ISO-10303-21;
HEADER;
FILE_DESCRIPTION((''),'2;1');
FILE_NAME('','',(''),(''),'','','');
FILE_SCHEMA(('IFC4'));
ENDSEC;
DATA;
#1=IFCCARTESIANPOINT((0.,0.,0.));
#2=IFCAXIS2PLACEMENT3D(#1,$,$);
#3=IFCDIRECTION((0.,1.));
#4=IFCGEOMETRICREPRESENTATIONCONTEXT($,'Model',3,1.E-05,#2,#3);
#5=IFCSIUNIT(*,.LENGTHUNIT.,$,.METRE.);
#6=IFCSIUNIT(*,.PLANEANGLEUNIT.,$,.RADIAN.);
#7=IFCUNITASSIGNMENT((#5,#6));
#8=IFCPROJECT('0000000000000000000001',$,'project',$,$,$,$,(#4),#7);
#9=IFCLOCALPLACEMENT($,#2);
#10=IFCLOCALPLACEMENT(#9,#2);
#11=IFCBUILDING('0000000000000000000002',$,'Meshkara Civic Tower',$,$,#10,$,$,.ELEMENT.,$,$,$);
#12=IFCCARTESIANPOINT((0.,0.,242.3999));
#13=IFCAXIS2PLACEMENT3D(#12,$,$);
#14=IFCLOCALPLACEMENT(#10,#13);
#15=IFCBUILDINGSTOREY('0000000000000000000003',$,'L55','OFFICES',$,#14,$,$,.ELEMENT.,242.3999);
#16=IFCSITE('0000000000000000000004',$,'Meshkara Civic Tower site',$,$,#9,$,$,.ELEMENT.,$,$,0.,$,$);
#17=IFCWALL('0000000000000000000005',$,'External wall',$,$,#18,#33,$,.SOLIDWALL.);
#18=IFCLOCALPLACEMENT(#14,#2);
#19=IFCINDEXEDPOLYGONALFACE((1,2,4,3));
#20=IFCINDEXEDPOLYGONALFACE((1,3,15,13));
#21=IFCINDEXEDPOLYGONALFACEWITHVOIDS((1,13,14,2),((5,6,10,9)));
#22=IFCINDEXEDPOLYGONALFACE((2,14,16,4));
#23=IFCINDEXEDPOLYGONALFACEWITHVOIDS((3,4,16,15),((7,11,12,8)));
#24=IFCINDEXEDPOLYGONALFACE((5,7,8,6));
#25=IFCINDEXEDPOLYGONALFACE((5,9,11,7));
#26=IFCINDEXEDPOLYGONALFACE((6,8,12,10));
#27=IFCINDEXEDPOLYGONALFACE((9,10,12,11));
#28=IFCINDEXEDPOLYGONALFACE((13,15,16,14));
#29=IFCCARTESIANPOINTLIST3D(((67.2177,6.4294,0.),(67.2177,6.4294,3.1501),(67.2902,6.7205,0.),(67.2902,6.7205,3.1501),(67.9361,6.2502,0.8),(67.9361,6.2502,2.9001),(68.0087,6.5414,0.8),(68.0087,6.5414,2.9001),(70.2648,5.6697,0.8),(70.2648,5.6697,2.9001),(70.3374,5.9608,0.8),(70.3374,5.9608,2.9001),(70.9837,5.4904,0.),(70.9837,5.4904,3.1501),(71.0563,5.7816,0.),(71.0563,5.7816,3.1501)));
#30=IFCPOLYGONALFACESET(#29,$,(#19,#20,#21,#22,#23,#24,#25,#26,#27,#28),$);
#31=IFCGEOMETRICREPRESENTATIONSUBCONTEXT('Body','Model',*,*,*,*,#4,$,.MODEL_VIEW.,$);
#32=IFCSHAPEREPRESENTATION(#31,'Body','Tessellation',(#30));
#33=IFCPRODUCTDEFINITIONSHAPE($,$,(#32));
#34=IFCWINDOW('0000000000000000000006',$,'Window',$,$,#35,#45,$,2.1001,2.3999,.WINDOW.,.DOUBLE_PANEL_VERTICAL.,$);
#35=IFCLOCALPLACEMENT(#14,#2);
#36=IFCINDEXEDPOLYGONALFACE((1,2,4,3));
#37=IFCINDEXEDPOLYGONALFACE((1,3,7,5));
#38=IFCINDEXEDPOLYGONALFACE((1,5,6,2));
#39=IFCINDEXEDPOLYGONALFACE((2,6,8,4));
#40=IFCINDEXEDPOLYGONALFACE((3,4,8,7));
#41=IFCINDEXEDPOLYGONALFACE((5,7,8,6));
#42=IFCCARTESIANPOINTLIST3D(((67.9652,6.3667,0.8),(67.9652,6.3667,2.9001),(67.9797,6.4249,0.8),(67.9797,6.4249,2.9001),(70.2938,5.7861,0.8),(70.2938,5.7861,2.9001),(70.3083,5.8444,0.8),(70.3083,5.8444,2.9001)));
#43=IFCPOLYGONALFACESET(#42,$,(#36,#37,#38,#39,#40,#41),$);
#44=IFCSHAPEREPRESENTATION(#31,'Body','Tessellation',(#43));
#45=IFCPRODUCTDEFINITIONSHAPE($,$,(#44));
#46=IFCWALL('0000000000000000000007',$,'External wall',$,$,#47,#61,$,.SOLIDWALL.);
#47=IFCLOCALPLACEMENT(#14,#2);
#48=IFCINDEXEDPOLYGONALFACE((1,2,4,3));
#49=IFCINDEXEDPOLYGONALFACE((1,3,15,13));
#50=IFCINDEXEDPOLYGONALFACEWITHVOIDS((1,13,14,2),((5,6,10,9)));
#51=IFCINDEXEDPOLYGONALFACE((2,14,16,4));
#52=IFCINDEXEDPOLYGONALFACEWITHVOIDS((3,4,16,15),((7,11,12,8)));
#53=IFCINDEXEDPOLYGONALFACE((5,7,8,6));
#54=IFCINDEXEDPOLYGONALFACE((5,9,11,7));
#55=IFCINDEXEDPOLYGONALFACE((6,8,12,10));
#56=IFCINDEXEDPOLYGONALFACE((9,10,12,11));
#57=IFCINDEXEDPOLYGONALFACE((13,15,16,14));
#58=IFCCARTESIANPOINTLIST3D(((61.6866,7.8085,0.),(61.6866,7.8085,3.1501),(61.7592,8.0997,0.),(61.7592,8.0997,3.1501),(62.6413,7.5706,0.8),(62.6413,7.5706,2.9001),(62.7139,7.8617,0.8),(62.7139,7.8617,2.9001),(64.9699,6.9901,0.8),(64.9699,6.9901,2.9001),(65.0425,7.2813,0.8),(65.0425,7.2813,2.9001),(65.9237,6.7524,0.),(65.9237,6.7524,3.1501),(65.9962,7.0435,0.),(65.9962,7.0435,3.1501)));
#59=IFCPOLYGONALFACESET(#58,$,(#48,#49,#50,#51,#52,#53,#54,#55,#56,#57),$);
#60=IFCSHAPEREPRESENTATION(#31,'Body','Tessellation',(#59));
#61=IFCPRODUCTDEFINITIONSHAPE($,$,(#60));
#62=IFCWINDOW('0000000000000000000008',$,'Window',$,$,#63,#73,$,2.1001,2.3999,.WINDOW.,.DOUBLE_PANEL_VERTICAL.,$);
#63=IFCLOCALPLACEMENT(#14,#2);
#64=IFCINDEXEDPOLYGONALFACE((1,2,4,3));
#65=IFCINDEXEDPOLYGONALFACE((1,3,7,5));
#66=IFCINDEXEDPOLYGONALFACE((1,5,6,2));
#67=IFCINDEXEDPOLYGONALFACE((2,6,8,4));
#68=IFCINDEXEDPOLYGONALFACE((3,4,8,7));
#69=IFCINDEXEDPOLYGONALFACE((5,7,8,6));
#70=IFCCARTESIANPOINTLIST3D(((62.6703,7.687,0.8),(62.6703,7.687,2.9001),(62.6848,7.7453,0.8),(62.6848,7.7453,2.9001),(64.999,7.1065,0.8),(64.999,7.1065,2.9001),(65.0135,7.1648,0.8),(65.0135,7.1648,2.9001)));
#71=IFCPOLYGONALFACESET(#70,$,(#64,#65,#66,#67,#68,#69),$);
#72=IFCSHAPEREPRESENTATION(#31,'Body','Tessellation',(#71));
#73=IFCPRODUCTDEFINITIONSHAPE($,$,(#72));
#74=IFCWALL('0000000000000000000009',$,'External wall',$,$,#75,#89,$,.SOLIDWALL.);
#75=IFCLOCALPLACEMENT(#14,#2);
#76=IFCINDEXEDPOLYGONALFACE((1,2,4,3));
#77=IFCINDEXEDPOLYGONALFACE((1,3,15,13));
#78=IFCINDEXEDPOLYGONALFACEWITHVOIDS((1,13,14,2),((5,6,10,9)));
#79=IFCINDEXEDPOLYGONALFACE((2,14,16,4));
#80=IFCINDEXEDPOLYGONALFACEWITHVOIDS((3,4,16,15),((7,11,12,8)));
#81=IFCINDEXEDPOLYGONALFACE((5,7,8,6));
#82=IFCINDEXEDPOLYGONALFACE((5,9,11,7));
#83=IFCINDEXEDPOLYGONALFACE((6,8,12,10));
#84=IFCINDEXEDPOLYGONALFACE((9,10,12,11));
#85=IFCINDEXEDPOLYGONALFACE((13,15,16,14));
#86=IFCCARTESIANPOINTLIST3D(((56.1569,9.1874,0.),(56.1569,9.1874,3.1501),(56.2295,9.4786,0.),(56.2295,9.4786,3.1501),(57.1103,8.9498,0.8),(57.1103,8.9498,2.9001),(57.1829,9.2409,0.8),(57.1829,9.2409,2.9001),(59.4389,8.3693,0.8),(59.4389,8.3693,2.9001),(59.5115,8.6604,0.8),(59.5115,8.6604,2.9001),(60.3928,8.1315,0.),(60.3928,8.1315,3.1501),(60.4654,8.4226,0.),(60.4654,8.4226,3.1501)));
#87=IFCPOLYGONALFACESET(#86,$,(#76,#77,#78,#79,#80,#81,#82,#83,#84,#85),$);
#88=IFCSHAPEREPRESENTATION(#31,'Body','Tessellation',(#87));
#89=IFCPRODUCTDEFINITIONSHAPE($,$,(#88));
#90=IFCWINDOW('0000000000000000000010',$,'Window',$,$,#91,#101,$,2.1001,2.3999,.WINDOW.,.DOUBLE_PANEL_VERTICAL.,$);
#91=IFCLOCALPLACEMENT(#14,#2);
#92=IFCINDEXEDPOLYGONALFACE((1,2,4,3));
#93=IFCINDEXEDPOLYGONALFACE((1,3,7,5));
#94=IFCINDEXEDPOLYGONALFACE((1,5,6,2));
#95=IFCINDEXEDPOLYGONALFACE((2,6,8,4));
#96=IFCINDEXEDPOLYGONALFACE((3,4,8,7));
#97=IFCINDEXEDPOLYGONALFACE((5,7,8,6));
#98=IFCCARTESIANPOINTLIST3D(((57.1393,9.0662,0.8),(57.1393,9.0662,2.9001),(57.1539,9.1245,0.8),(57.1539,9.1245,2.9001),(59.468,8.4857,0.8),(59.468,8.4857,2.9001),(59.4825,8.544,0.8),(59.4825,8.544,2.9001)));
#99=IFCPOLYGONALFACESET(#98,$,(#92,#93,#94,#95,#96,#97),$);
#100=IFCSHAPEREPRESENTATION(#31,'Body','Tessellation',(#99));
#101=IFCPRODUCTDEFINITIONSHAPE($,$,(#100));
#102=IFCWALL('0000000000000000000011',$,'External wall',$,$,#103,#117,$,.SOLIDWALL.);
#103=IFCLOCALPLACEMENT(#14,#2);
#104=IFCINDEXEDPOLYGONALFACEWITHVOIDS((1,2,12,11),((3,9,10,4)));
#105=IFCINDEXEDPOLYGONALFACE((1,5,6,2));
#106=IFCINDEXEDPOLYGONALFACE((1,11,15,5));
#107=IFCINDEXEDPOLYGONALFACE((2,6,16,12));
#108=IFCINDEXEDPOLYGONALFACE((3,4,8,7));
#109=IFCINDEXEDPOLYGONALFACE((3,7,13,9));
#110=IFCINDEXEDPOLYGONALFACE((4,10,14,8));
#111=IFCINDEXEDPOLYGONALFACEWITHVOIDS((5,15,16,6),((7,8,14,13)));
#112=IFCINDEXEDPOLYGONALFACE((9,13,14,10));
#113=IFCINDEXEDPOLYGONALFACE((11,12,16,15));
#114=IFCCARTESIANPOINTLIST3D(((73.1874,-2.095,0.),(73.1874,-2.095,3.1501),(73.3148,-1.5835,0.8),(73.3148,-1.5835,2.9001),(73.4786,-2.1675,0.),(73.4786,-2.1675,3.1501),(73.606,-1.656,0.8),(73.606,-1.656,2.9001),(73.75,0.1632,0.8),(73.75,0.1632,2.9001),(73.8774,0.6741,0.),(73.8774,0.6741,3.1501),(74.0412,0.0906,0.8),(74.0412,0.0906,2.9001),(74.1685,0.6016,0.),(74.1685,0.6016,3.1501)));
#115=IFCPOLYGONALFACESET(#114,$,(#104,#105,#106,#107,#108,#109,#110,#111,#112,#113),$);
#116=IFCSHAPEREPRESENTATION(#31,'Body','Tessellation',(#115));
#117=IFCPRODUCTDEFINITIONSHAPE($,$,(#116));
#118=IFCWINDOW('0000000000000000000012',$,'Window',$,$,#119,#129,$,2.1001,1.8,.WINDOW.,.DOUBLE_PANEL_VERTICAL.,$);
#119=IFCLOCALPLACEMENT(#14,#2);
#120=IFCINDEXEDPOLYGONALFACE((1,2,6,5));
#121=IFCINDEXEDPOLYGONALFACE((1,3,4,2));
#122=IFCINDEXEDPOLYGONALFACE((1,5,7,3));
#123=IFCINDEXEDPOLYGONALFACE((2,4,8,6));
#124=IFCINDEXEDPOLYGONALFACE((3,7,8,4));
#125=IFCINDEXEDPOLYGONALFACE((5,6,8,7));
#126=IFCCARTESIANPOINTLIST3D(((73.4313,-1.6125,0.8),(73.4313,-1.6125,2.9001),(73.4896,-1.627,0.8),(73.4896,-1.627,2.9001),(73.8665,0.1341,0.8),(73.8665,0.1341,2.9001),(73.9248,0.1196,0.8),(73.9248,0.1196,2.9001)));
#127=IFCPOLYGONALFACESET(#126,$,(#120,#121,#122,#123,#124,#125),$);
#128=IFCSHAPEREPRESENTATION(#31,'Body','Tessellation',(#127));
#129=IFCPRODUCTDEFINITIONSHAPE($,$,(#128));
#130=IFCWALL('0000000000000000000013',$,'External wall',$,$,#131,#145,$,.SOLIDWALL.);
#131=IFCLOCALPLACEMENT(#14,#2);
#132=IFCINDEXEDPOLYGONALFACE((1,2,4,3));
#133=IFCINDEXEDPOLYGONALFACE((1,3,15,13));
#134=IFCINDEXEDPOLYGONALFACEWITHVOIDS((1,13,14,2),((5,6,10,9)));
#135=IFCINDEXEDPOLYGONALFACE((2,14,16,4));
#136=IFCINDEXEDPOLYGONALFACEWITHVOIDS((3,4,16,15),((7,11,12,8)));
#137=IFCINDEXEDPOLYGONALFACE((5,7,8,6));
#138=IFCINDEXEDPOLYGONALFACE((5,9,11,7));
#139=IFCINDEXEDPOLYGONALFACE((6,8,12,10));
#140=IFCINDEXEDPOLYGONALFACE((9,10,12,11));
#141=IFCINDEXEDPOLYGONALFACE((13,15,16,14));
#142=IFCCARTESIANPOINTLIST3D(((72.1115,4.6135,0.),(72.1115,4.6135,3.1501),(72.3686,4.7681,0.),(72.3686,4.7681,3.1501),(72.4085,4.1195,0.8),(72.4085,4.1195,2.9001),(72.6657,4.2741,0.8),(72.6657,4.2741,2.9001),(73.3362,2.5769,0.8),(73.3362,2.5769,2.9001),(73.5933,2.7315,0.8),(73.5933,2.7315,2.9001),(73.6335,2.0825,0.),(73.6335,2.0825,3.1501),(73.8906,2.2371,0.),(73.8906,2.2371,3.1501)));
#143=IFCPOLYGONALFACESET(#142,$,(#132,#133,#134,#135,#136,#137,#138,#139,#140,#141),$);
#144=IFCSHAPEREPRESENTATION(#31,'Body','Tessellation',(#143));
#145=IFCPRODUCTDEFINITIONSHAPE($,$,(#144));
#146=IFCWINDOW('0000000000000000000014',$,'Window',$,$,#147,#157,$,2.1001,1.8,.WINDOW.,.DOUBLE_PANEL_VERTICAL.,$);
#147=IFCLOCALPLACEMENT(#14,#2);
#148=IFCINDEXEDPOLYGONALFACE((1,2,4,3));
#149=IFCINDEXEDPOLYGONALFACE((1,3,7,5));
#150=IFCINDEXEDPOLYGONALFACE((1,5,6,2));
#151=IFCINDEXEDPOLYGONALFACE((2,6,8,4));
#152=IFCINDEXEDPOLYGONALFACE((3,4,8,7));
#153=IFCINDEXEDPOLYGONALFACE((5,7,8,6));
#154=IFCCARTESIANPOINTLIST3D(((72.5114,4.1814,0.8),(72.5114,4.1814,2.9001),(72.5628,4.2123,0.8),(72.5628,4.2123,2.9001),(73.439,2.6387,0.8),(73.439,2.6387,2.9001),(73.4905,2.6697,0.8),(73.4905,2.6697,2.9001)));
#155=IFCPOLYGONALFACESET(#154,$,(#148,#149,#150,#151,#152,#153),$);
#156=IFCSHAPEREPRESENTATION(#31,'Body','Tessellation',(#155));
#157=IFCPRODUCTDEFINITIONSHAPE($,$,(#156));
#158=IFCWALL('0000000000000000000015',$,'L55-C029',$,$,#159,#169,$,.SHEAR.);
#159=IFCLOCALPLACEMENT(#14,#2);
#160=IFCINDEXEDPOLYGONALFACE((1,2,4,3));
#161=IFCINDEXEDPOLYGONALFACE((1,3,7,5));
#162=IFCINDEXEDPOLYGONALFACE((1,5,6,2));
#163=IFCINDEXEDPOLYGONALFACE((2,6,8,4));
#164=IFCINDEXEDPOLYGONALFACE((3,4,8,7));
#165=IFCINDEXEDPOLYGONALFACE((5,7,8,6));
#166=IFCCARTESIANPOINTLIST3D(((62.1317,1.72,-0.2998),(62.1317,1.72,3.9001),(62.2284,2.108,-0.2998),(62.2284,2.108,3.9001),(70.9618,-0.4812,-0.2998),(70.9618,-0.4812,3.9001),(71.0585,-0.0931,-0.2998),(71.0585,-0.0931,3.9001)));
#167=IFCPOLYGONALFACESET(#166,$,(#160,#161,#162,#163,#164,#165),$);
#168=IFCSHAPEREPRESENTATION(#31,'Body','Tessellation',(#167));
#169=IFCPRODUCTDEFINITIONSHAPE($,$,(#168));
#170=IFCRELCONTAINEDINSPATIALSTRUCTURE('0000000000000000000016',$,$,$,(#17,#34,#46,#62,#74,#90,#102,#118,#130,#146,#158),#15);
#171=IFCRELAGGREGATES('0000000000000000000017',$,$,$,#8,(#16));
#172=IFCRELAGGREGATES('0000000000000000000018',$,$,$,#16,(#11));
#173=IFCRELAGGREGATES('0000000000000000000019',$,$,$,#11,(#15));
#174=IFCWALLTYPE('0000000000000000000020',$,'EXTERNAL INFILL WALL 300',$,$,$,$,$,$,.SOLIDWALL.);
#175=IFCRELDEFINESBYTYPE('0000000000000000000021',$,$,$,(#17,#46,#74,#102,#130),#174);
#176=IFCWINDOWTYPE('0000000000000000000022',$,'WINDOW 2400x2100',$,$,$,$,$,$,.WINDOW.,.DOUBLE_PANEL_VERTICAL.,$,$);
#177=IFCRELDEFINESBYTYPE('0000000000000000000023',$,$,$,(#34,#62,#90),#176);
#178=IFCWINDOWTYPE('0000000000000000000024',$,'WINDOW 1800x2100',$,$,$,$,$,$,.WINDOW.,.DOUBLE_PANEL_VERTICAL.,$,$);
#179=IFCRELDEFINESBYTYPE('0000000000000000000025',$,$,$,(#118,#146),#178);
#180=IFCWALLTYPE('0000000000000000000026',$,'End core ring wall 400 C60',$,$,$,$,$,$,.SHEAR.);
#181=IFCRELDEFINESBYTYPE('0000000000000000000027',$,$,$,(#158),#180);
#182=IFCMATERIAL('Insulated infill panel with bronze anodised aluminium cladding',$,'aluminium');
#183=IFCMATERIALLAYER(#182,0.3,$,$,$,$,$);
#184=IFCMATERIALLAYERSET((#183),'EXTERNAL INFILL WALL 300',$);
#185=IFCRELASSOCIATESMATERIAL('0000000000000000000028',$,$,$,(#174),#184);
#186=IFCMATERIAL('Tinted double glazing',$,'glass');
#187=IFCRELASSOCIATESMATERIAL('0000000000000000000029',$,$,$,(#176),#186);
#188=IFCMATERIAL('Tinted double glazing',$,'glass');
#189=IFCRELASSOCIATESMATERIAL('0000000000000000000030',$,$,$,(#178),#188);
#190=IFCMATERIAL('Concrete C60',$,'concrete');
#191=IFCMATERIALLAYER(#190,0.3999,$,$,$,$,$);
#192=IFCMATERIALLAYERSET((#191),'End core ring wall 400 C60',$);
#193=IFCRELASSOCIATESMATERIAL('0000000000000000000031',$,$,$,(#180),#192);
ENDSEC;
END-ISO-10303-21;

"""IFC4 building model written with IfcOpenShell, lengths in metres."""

from ifc_helpers import new_model, si_unit, direction, frame, frame_2d, origin, place, context, subcontext, project, spatial, rectangle, extrude, material, layer, layer_set, type_object, element, fill, save


model = new_model("IFC4")

# Units and contexts
model_context = context("Model", 3, precision=1e-05, world=origin(), true_north=direction((0.0, 1.0)))
body_context = subcontext(model_context, "Body", "Model", "MODEL_VIEW")
ifc_project = project(units=[si_unit("LENGTHUNIT", "METRE"), si_unit("PLANEANGLEUNIT", "RADIAN")], contexts=[model_context])

# Site, building, storey
site_placement = place(None, origin())
site = spatial("IfcSite", under=ifc_project, at=site_placement, Name="Meshkara Civic Tower site", CompositionType="ELEMENT", RefElevation=0.0)
building_placement = place(site_placement, origin())
building = spatial("IfcBuilding", under=site, at=building_placement, Name="Meshkara Civic Tower", CompositionType="ELEMENT")
storey_placement = place(building_placement, frame((0.0, 0.0, 242.3999)))
storey = spatial("IfcBuildingStorey", under=building, at=storey_placement, Name="L55", Description="OFFICES", CompositionType="ELEMENT", Elevation=242.3999)

# Walls, openings, windows
ifc_material_1 = material(Name="Insulated infill panel with bronze anodised aluminium cladding", Category="aluminium")
ifc_layer_1 = layer(ifc_material_1, 0.3)
ifc_layer_set_1 = layer_set([ifc_layer_1], Name="EXTERNAL INFILL WALL 300")
wall_type_1 = type_object("IfcWallType", Name="EXTERNAL INFILL WALL 300", PredefinedType="SOLIDWALL", material=ifc_layer_set_1)
wall_1_placement = place(storey_placement, frame((71.02, 5.636, 0.0), z_axis=(0.0, 0.0, 1.0), x_axis=(-0.970298, 0.241914, 0.0)))
wall_1 = element("IfcWall", 1, at=wall_1_placement, inside=storey, type_object=wall_type_1, Name="External wall", PredefinedType="SOLIDWALL", context=body_context, shape_type="SweptSolid", body=[
    extrude(rectangle(XDim=3.8813, YDim=0.3, at=frame_2d((1.9407, 0.0))), origin(), (0.0, 0.0, 1.0), 3.1501),
])
opening_1_placement = place(wall_1_placement, frame((0.741, 0.0, 0.8)))
opening_1 = element("IfcOpeningElement", 2, at=opening_1_placement, cuts=wall_1, PredefinedType="OPENING", context=body_context, shape_type="SweptSolid", body=[
    extrude(rectangle(XDim=2.3999, YDim=2.1001, at=frame_2d((1.2, 1.05))), frame((0.0, 0.1599, 0.0), z_axis=(0.0, -1.0, 0.0), x_axis=(1.0, 0.0, 0.0)), (0.0, 0.0, 1.0), 0.3201),
])
ifc_material_2 = material(Name="Tinted double glazing", Category="glass")
window_type_1 = type_object("IfcWindowType", Name="WINDOW 2400x2100", PartitioningType="DOUBLE_PANEL_VERTICAL", PredefinedType="WINDOW", material=ifc_material_2)
window_1_placement = place(opening_1_placement, origin())
window_1 = element("IfcWindow", 3, at=window_1_placement, inside=storey, type_object=window_type_1, Name="Window", OverallHeight=2.1001, OverallWidth=2.3999, PartitioningType="DOUBLE_PANEL_VERTICAL", PredefinedType="WINDOW", context=body_context, shape_type="SweptSolid", body=[
    extrude(rectangle(XDim=2.3999, YDim=2.1001, at=frame_2d((1.2, 1.05))), frame((0.0, 0.03, 0.0), z_axis=(0.0, -1.0, 0.0), x_axis=(1.0, 0.0, 0.0)), (0.0, 0.0, 1.0), 0.0601),
])
fill(opening_1, window_1)
wall_2_placement = place(storey_placement, frame((65.96, 6.8979, 0.0), z_axis=(0.0, 0.0, 1.0), x_axis=(-0.97031, 0.241865, 0.0)))
wall_2 = element("IfcWall", 4, at=wall_2_placement, inside=storey, type_object=wall_type_1, Name="External wall", PredefinedType="SOLIDWALL", context=body_context, shape_type="SweptSolid", body=[
    extrude(rectangle(XDim=4.3667, YDim=0.3, at=frame_2d((2.1833, 0.0))), origin(), (0.0, 0.0, 1.0), 3.1501),
])
opening_2_placement = place(wall_2_placement, frame((0.9829, 0.0, 0.8)))
opening_2 = element("IfcOpeningElement", 5, at=opening_2_placement, cuts=wall_2, PredefinedType="OPENING", context=body_context, shape_type="SweptSolid", body=[
    extrude(rectangle(XDim=2.3999, YDim=2.1001, at=frame_2d((1.2, 1.05))), frame((0.0, 0.1599, 0.0), z_axis=(0.0, -1.0, 0.0), x_axis=(1.0, 0.0, 0.0)), (0.0, 0.0, 1.0), 0.3201),
])
window_2_placement = place(opening_2_placement, origin())
window_2 = element("IfcWindow", 6, at=window_2_placement, inside=storey, type_object=window_type_1, Name="Window", OverallHeight=2.1001, OverallWidth=2.3999, PartitioningType="DOUBLE_PANEL_VERTICAL", PredefinedType="WINDOW", context=body_context, shape_type="SweptSolid", body=[
    extrude(rectangle(XDim=2.3999, YDim=2.1001, at=frame_2d((1.2, 1.05))), frame((0.0, 0.03, 0.0), z_axis=(0.0, -1.0, 0.0), x_axis=(1.0, 0.0, 0.0)), (0.0, 0.0, 1.0), 0.0601),
])
fill(opening_2, window_2)
wall_3_placement = place(storey_placement, frame((60.429, 8.2771, 0.0), z_axis=(0.0, 0.0, 1.0), x_axis=(-0.970307, 0.241878, 0.0)))
wall_3 = element("IfcWall", 7, at=wall_3_placement, inside=storey, type_object=wall_type_1, Name="External wall", PredefinedType="SOLIDWALL", context=body_context, shape_type="SweptSolid", body=[
    extrude(rectangle(XDim=4.3655, YDim=0.3, at=frame_2d((2.1826, 0.0))), origin(), (0.0, 0.0, 1.0), 3.1501),
])
opening_3_placement = place(wall_3_placement, frame((0.9829, 0.0, 0.8)))
opening_3 = element("IfcOpeningElement", 8, at=opening_3_placement, cuts=wall_3, PredefinedType="OPENING", context=body_context, shape_type="SweptSolid", body=[
    extrude(rectangle(XDim=2.3999, YDim=2.1001, at=frame_2d((1.2, 1.05))), frame((0.0, 0.1599, 0.0), z_axis=(0.0, -1.0, 0.0), x_axis=(1.0, 0.0, 0.0)), (0.0, 0.0, 1.0), 0.3201),
])
window_3_placement = place(opening_3_placement, origin())
window_3 = element("IfcWindow", 9, at=window_3_placement, inside=storey, type_object=window_type_1, Name="Window", OverallHeight=2.1001, OverallWidth=2.3999, PartitioningType="DOUBLE_PANEL_VERTICAL", PredefinedType="WINDOW", context=body_context, shape_type="SweptSolid", body=[
    extrude(rectangle(XDim=2.3999, YDim=2.1001, at=frame_2d((1.2, 1.05))), frame((0.0, 0.03, 0.0), z_axis=(0.0, -1.0, 0.0), x_axis=(1.0, 0.0, 0.0)), (0.0, 0.0, 1.0), 0.0601),
])
fill(opening_3, window_3)
wall_4_placement = place(storey_placement, frame((73.333, -2.1311, 0.0), z_axis=(0.0, 0.0, 1.0), x_axis=(0.241771, 0.970333, 0.0)))
wall_4 = element("IfcWall", 10, at=wall_4_placement, inside=storey, type_object=wall_type_1, Name="External wall", PredefinedType="SOLIDWALL", context=body_context, shape_type="SweptSolid", body=[
    extrude(rectangle(XDim=2.8538, YDim=0.3, at=frame_2d((1.4268, 0.0))), origin(), (0.0, 0.0, 1.0), 3.1501),
])
opening_4_placement = place(wall_4_placement, frame((0.5271, 0.0, 0.8)))
opening_4 = element("IfcOpeningElement", 11, at=opening_4_placement, cuts=wall_4, PredefinedType="OPENING", context=body_context, shape_type="SweptSolid", body=[
    extrude(rectangle(XDim=1.8, YDim=2.1001, at=frame_2d((0.8999, 1.05))), frame((0.0, 0.1599, 0.0), z_axis=(0.0, -1.0, 0.0), x_axis=(1.0, 0.0, 0.0)), (0.0, 0.0, 1.0), 0.3201),
])
ifc_material_3 = material(Name="Tinted double glazing", Category="glass")
window_type_2 = type_object("IfcWindowType", Name="WINDOW 1800x2100", PartitioningType="DOUBLE_PANEL_VERTICAL", PredefinedType="WINDOW", material=ifc_material_3)
window_4_placement = place(opening_4_placement, origin())
window_4 = element("IfcWindow", 12, at=window_4_placement, inside=storey, type_object=window_type_2, Name="Window", OverallHeight=2.1001, OverallWidth=1.8, PartitioningType="DOUBLE_PANEL_VERTICAL", PredefinedType="WINDOW", context=body_context, shape_type="SweptSolid", body=[
    extrude(rectangle(XDim=1.8, YDim=2.1001, at=frame_2d((0.8999, 1.05))), frame((0.0, 0.03, 0.0), z_axis=(0.0, -1.0, 0.0), x_axis=(1.0, 0.0, 0.0)), (0.0, 0.0, 1.0), 0.0601),
])
fill(opening_4, window_4)
wall_5_placement = place(storey_placement, frame((73.762, 2.1599, 0.0), z_axis=(0.0, 0.0, 1.0), x_axis=(-0.515334, 0.856989, 0.0)))
wall_5 = element("IfcWall", 13, at=wall_5_placement, inside=storey, type_object=wall_type_1, Name="External wall", PredefinedType="SOLIDWALL", context=body_context, shape_type="SweptSolid", body=[
    extrude(rectangle(XDim=2.9534, YDim=0.3, at=frame_2d((1.4766, 0.0))), origin(), (0.0, 0.0, 1.0), 3.1501),
])
opening_5_placement = place(wall_5_placement, frame((0.5769, 0.0, 0.8)))
opening_5 = element("IfcOpeningElement", 14, at=opening_5_placement, cuts=wall_5, PredefinedType="OPENING", context=body_context, shape_type="SweptSolid", body=[
    extrude(rectangle(XDim=1.8, YDim=2.1001, at=frame_2d((0.8999, 1.05))), frame((0.0, 0.1599, 0.0), z_axis=(0.0, -1.0, 0.0), x_axis=(1.0, 0.0, 0.0)), (0.0, 0.0, 1.0), 0.3201),
])
window_5_placement = place(opening_5_placement, origin())
window_5 = element("IfcWindow", 15, at=window_5_placement, inside=storey, type_object=window_type_2, Name="Window", OverallHeight=2.1001, OverallWidth=1.8, PartitioningType="DOUBLE_PANEL_VERTICAL", PredefinedType="WINDOW", context=body_context, shape_type="SweptSolid", body=[
    extrude(rectangle(XDim=1.8, YDim=2.1001, at=frame_2d((0.8999, 1.05))), frame((0.0, 0.03, 0.0), z_axis=(0.0, -1.0, 0.0), x_axis=(1.0, 0.0, 0.0)), (0.0, 0.0, 1.0), 0.0601),
])
fill(opening_5, window_5)

# Wall
ifc_material_4 = material(Name="Concrete C60", Category="concrete")
ifc_layer_2 = layer(ifc_material_4, 0.3999)
ifc_layer_set_2 = layer_set([ifc_layer_2], Name="End core ring wall 400 C60")
wall_type_2 = type_object("IfcWallType", Name="End core ring wall 400 C60", PredefinedType="SHEAR", material=ifc_layer_set_2)
wall_6_placement = place(storey_placement, frame((62.1799, 1.9141, -0.2998), z_axis=(0.0, 0.0, 1.0), x_axis=(0.970306, -0.241879, 0.0)))
element("IfcWall", 16, at=wall_6_placement, inside=storey, type_object=wall_type_2, Name="L55-C029", PredefinedType="SHEAR", context=body_context, shape_type="SweptSolid", body=[
    extrude(rectangle(XDim=9.1003, YDim=0.3999, at=frame_2d((4.5503, 0.0))), origin(), (0.0, 0.0, 1.0), 4.2),
])

save(model, "model.ifc")
